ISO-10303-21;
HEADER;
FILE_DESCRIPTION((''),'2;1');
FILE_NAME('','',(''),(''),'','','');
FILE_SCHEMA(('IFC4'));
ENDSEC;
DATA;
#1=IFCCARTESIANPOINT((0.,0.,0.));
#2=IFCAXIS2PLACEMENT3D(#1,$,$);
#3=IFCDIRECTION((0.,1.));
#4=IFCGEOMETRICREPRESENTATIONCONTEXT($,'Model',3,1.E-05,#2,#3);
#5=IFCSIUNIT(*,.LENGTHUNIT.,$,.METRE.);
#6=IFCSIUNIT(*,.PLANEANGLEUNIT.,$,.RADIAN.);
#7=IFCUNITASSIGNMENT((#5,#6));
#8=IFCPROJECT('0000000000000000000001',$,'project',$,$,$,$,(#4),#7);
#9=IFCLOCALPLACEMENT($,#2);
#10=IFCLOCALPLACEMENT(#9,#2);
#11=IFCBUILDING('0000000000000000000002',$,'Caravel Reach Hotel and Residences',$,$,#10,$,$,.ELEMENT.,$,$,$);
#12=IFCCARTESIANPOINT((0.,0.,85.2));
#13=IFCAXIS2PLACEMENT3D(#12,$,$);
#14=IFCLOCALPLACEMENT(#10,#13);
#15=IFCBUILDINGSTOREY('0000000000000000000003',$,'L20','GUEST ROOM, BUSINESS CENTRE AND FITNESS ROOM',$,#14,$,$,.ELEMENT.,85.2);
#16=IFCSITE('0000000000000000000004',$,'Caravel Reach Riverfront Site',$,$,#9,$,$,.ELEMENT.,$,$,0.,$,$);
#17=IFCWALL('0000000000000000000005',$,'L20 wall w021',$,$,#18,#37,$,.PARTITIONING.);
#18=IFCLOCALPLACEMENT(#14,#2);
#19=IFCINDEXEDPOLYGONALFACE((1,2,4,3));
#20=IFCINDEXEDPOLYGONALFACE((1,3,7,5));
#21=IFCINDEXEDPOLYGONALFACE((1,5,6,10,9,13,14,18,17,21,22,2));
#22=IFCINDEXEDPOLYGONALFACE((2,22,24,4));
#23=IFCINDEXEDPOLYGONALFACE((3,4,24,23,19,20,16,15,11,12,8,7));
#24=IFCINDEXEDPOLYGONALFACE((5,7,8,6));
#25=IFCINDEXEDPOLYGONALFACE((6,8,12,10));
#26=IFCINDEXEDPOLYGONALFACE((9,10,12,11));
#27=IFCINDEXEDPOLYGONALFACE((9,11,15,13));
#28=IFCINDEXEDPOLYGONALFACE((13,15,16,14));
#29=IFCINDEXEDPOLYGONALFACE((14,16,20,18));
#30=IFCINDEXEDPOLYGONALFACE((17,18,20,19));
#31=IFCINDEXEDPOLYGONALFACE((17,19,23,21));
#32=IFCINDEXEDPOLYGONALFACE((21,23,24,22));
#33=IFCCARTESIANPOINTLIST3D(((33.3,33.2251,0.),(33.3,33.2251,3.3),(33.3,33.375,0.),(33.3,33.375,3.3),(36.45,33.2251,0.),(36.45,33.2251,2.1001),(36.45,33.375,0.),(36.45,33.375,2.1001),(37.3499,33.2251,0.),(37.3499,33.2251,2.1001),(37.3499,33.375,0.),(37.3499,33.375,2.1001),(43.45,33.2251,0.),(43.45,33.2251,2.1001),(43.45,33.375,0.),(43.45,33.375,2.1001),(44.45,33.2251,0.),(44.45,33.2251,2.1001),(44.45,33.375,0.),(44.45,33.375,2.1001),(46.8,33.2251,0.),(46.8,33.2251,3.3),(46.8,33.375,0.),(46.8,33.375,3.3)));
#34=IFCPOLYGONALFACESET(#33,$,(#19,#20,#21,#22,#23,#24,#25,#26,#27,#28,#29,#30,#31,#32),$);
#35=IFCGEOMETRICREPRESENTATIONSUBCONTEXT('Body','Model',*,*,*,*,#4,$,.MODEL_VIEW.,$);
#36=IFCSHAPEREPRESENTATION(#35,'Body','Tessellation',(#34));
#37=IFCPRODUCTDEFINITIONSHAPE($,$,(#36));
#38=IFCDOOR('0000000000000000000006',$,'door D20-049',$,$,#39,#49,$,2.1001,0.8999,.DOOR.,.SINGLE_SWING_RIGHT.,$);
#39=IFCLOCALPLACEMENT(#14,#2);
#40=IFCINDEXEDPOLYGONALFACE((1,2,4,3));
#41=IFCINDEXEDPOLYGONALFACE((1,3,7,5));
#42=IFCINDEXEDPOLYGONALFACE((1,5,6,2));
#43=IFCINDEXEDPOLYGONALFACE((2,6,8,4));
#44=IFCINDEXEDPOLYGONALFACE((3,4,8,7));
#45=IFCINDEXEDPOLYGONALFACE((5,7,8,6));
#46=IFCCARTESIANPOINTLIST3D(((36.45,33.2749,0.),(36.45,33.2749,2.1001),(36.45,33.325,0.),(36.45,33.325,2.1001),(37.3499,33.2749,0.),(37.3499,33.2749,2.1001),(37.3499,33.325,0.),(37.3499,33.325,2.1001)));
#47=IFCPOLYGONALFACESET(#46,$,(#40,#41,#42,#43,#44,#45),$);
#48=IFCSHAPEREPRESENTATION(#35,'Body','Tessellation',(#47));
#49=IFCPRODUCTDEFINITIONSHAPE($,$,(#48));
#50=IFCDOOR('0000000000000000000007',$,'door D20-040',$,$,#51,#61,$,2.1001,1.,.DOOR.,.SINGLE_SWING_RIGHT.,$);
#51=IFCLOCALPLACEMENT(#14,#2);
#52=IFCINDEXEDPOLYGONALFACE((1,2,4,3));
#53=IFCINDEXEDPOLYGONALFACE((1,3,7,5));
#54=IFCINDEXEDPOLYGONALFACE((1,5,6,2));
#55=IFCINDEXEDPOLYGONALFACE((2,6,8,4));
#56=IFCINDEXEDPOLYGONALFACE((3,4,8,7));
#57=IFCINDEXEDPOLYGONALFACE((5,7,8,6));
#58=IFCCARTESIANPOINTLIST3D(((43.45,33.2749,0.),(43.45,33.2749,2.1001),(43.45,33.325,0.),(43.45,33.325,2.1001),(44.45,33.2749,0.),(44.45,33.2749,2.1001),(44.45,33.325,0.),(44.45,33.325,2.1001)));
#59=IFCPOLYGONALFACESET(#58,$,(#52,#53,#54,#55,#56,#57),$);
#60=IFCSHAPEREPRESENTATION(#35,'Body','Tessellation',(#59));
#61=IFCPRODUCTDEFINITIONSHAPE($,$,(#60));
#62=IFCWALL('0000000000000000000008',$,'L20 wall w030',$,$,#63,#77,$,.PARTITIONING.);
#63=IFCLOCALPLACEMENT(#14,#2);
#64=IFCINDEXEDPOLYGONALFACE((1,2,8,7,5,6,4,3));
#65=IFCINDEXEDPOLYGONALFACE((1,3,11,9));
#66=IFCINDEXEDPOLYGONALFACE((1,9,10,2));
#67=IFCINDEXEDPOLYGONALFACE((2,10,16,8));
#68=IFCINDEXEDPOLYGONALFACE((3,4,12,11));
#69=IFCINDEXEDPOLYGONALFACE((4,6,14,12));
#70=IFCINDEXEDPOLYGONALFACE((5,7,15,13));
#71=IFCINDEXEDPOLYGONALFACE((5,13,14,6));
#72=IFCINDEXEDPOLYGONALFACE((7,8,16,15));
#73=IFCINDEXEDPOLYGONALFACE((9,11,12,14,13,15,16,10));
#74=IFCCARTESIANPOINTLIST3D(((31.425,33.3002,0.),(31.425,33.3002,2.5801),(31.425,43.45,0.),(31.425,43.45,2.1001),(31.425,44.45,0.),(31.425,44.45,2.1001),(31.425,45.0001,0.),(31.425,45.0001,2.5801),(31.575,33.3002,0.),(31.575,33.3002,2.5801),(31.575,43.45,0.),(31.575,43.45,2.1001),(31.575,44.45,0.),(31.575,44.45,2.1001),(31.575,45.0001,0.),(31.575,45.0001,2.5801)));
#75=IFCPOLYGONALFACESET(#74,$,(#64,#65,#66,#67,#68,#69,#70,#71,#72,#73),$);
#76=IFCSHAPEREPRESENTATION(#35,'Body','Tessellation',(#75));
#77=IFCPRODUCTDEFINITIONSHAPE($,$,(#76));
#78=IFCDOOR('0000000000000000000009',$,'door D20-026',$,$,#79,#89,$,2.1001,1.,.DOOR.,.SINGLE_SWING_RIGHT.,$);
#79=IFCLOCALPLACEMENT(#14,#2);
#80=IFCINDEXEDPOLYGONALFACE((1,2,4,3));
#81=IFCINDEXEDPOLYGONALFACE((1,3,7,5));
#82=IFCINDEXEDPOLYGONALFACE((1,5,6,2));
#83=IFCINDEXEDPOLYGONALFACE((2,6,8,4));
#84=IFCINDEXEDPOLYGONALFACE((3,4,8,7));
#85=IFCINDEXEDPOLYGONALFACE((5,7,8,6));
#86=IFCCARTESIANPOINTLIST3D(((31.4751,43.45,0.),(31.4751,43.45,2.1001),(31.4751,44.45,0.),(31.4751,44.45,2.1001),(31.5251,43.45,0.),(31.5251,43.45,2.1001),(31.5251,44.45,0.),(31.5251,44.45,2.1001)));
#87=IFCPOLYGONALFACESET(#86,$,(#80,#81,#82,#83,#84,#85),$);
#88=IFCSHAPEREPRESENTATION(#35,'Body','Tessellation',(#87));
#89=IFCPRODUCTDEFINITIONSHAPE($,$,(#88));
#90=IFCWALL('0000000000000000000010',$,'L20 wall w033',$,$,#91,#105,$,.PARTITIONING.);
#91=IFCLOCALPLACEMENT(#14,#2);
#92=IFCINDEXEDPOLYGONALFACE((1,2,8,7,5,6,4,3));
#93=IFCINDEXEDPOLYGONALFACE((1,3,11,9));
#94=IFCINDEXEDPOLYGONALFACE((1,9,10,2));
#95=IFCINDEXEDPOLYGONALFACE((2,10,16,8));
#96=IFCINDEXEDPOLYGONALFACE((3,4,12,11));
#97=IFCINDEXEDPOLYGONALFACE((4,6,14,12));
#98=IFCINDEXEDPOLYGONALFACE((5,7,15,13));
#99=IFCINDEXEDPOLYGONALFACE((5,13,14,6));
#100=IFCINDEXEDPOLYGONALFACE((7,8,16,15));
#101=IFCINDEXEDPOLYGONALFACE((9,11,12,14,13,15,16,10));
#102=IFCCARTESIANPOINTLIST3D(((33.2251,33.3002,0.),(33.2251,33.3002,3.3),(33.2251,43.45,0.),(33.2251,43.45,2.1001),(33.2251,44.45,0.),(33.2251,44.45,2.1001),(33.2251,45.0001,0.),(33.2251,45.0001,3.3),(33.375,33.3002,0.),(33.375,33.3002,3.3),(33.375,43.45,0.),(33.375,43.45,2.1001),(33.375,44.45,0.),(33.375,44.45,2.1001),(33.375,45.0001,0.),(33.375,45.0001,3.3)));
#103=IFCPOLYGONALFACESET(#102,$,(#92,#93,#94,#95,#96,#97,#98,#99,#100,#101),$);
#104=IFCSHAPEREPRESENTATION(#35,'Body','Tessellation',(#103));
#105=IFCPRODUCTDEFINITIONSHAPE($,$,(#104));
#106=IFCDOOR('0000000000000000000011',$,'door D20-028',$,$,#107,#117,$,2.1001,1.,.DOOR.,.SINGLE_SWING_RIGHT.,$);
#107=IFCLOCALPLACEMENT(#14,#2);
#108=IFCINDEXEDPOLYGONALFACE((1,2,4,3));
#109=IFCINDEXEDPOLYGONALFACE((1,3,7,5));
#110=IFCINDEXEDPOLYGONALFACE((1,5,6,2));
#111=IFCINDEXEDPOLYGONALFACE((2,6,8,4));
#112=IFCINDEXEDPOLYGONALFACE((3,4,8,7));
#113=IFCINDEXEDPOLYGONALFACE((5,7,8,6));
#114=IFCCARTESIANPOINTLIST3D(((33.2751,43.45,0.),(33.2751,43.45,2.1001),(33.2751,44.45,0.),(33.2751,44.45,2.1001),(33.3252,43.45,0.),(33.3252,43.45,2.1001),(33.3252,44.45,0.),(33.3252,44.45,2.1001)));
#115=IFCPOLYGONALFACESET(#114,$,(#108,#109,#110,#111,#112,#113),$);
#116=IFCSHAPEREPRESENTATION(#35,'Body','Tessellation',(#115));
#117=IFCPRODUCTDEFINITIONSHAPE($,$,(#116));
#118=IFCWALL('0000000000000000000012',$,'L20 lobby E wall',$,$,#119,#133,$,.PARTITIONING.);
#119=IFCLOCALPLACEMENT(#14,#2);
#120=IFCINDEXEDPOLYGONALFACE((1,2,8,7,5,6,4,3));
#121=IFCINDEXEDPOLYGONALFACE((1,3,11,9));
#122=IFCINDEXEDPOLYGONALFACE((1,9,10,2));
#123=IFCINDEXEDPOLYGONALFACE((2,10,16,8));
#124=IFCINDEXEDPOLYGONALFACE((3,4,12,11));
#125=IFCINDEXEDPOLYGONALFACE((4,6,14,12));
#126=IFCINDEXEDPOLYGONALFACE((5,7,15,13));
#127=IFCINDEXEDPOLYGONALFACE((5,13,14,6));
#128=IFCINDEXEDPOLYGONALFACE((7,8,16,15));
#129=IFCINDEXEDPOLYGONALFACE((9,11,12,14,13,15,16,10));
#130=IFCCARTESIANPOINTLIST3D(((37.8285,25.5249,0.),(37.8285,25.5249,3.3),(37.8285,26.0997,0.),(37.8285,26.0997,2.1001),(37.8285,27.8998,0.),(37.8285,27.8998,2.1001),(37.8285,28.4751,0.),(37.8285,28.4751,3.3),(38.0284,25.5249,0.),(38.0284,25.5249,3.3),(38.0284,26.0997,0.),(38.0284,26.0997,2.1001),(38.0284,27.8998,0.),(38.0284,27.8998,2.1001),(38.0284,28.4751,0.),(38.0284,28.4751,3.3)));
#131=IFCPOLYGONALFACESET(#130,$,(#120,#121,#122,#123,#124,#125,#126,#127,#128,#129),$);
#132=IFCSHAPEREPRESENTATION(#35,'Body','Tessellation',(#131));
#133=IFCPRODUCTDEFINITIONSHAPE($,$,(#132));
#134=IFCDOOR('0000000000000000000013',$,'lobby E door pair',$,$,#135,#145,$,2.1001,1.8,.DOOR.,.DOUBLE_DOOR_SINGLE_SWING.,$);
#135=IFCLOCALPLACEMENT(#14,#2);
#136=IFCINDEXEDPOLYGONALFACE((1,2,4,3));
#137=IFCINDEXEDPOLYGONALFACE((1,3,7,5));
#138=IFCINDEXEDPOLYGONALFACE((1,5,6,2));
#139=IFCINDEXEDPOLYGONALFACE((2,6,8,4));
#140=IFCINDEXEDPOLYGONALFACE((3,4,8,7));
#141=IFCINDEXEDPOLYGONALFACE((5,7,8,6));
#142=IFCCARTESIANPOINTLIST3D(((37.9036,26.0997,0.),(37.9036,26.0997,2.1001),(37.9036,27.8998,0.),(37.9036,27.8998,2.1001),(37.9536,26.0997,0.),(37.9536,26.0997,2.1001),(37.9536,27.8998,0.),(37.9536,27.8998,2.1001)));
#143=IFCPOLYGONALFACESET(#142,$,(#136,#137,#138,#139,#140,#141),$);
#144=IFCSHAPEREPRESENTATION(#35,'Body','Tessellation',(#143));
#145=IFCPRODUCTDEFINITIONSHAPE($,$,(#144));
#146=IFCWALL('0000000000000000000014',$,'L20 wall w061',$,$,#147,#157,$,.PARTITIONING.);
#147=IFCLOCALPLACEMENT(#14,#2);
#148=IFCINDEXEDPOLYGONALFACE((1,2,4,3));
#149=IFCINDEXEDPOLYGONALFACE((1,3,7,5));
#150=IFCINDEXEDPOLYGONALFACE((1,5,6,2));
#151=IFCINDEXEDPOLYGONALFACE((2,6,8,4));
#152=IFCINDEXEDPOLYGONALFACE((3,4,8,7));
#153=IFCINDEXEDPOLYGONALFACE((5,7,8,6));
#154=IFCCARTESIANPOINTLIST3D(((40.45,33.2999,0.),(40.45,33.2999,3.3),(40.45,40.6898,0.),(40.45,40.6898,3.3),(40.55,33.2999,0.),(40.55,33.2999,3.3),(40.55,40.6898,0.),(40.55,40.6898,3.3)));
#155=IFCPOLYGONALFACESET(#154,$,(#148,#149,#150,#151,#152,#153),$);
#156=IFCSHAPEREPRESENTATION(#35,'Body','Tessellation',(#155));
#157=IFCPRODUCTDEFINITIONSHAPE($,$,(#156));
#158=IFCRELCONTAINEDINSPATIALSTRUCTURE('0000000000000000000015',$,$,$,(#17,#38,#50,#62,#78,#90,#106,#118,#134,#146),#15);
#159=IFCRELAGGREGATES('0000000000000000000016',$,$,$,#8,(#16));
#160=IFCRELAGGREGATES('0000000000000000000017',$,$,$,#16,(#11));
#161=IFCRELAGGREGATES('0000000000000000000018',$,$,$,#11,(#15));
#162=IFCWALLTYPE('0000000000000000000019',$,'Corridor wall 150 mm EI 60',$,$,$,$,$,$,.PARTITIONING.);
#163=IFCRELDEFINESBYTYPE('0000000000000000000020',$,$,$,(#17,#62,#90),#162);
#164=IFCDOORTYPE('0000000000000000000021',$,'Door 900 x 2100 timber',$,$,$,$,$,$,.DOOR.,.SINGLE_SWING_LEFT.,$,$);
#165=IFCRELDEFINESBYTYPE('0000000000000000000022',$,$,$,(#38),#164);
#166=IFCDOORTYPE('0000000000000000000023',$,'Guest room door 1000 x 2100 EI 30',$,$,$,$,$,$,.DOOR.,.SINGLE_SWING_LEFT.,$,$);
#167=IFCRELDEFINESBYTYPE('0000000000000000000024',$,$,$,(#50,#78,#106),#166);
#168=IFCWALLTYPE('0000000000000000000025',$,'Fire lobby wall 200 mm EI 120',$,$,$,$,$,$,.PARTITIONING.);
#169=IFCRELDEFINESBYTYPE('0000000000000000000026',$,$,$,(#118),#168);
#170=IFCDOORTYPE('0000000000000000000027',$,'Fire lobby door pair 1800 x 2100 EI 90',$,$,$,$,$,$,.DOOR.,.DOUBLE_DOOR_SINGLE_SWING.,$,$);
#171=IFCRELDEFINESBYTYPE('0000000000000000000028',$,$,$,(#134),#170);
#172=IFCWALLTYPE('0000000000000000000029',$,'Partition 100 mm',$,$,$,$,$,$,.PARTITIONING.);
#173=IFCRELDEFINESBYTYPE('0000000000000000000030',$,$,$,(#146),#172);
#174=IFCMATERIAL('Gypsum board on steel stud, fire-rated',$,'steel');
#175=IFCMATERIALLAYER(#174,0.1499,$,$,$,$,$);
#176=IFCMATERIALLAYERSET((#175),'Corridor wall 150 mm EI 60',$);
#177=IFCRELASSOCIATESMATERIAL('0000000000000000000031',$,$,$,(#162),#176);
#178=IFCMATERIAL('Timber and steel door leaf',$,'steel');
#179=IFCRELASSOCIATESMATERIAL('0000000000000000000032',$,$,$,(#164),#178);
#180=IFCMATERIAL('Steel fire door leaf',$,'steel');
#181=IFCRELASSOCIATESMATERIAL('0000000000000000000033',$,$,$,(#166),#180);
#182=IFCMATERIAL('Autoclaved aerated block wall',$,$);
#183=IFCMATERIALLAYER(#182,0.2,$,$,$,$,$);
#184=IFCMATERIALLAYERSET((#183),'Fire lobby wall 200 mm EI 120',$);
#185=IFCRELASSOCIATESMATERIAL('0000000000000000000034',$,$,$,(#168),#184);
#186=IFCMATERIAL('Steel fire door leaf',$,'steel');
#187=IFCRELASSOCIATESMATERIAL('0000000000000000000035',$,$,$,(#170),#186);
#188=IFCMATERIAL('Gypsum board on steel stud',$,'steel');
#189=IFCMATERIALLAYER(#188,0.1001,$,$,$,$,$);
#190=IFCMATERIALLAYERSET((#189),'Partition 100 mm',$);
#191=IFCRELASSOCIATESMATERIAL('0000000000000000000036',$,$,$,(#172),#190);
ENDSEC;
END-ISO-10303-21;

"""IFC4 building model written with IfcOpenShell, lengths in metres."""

from ifc_helpers import new_model, si_unit, direction, frame, frame_2d, origin, place, context, subcontext, project, spatial, rectangle, extrude, material, layer, layer_set, type_object, element, fill, save


model = new_model("IFC4")

# Units and contexts
model_context = context("Model", 3, precision=1e-05, world=origin(), true_north=direction((0.0, 1.0)))
body_context = subcontext(model_context, "Body", "Model", "MODEL_VIEW")
ifc_project = project(units=[si_unit("LENGTHUNIT", "METRE"), si_unit("PLANEANGLEUNIT", "RADIAN")], contexts=[model_context])

# Site, building, storey
site_placement = place(None, origin())
site = spatial("IfcSite", under=ifc_project, at=site_placement, Name="Caravel Reach Riverfront Site", CompositionType="ELEMENT", RefElevation=0.0)
building_placement = place(site_placement, origin())
building = spatial("IfcBuilding", under=site, at=building_placement, Name="Caravel Reach Hotel and Residences", CompositionType="ELEMENT")
storey_placement = place(building_placement, frame((0.0, 0.0, 85.2)))
storey = spatial("IfcBuildingStorey", under=building, at=storey_placement, Name="L20", Description="GUEST ROOM, BUSINESS CENTRE AND FITNESS ROOM", CompositionType="ELEMENT", Elevation=85.2)

# Wall, openings, doors
ifc_material_1 = material(Name="Gypsum board on steel stud, fire-rated", Category="steel")
ifc_layer_1 = layer(ifc_material_1, 0.1499)
ifc_layer_set_1 = layer_set([ifc_layer_1], Name="Corridor wall 150 mm EI 60")
wall_type_1 = type_object("IfcWallType", Name="Corridor wall 150 mm EI 60", PredefinedType="PARTITIONING", material=ifc_layer_set_1)
wall_1_placement = place(storey_placement, frame((33.3, 33.3, 0.0), z_axis=(0.0, 0.0, 1.0), x_axis=(1.0, 0.0, 0.0)))
wall_1 = element("IfcWall", 1, at=wall_1_placement, inside=storey, type_object=wall_type_1, Name="L20 wall w021", PredefinedType="PARTITIONING", context=body_context, shape_type="SweptSolid", body=[
    extrude(rectangle(XDim=13.5, YDim=0.1499, at=frame_2d((6.75, 0.0))), origin(), (0.0, 0.0, 1.0), 3.3),
])
opening_1_placement = place(wall_1_placement, frame((10.1499, 0.0, 0.0)))
opening_1 = element("IfcOpeningElement", 2, at=opening_1_placement, cuts=wall_1, PredefinedType="OPENING", context=body_context, shape_type="SweptSolid", body=[
    extrude(rectangle(XDim=1.0, YDim=2.1001, at=frame_2d((0.5, 1.05))), frame((0.0, 0.085, 0.0), z_axis=(0.0, -1.0, 0.0), x_axis=(1.0, 0.0, 0.0)), (0.0, 0.0, 1.0), 0.1699),
])
opening_2_placement = place(wall_1_placement, frame((3.1499, 0.0, 0.0)))
opening_2 = element("IfcOpeningElement", 3, at=opening_2_placement, cuts=wall_1, PredefinedType="OPENING", context=body_context, shape_type="SweptSolid", body=[
    extrude(rectangle(XDim=0.8999, YDim=2.1001, at=frame_2d((0.45, 1.05))), frame((0.0, 0.085, 0.0), z_axis=(0.0, -1.0, 0.0), x_axis=(1.0, 0.0, 0.0)), (0.0, 0.0, 1.0), 0.1699),
])
ifc_material_2 = material(Name="Timber and steel door leaf", Category="steel")
door_type_1 = type_object("IfcDoorType", Name="Door 900 x 2100 timber", OperationType="SINGLE_SWING_LEFT", PredefinedType="DOOR", material=ifc_material_2)
door_1_placement = place(opening_2_placement, origin())
door_1 = element("IfcDoor", 4, at=door_1_placement, inside=storey, type_object=door_type_1, Name="door D20-049", OperationType="SINGLE_SWING_RIGHT", OverallHeight=2.1001, OverallWidth=0.8999, PredefinedType="DOOR", context=body_context, shape_type="SweptSolid", body=[
    extrude(rectangle(XDim=0.8999, YDim=2.1001, at=frame_2d((0.45, 1.05))), frame((0.0, 0.0249, 0.0), z_axis=(0.0, -1.0, 0.0), x_axis=(1.0, 0.0, 0.0)), (0.0, 0.0, 1.0), 0.05),
])
fill(opening_2, door_1)
ifc_material_3 = material(Name="Steel fire door leaf", Category="steel")
door_type_2 = type_object("IfcDoorType", Name="Guest room door 1000 x 2100 EI 30", OperationType="SINGLE_SWING_LEFT", PredefinedType="DOOR", material=ifc_material_3)
door_2_placement = place(opening_1_placement, origin())
door_2 = element("IfcDoor", 5, at=door_2_placement, inside=storey, type_object=door_type_2, Name="door D20-040", OperationType="SINGLE_SWING_RIGHT", OverallHeight=2.1001, OverallWidth=1.0, PredefinedType="DOOR", context=body_context, shape_type="SweptSolid", body=[
    extrude(rectangle(XDim=1.0, YDim=2.1001, at=frame_2d((0.5, 1.05))), frame((0.0, 0.0249, 0.0), z_axis=(0.0, -1.0, 0.0), x_axis=(1.0, 0.0, 0.0)), (0.0, 0.0, 1.0), 0.05),
])
fill(opening_1, door_2)

# Walls, openings, doors
wall_2_placement = place(storey_placement, frame((31.5, 33.3, 0.0), z_axis=(0.0, 0.0, 1.0), x_axis=(0.0, 1.0, 0.0)))
wall_2 = element("IfcWall", 6, at=wall_2_placement, inside=storey, type_object=wall_type_1, Name="L20 wall w030", PredefinedType="PARTITIONING", context=body_context, shape_type="SweptSolid", body=[
    extrude(rectangle(XDim=11.7, YDim=0.1499, at=frame_2d((5.8501, 0.0))), origin(), (0.0, 0.0, 1.0), 2.5801),
])
opening_3_placement = place(wall_2_placement, frame((10.1499, 0.0, 0.0)))
opening_3 = element("IfcOpeningElement", 7, at=opening_3_placement, cuts=wall_2, PredefinedType="OPENING", context=body_context, shape_type="SweptSolid", body=[
    extrude(rectangle(XDim=1.0, YDim=2.1001, at=frame_2d((0.5, 1.05))), frame((0.0, 0.085, 0.0), z_axis=(0.0, -1.0, 0.0), x_axis=(1.0, 0.0, 0.0)), (0.0, 0.0, 1.0), 0.1699),
])
door_3_placement = place(opening_3_placement, origin())
door_3 = element("IfcDoor", 8, at=door_3_placement, inside=storey, type_object=door_type_2, Name="door D20-026", OperationType="SINGLE_SWING_RIGHT", OverallHeight=2.1001, OverallWidth=1.0, PredefinedType="DOOR", context=body_context, shape_type="SweptSolid", body=[
    extrude(rectangle(XDim=1.0, YDim=2.1001, at=frame_2d((0.5, 1.05))), frame((0.0, 0.0249, 0.0), z_axis=(0.0, -1.0, 0.0), x_axis=(1.0, 0.0, 0.0)), (0.0, 0.0, 1.0), 0.05),
])
fill(opening_3, door_3)
wall_3_placement = place(storey_placement, frame((33.3, 33.3, 0.0), z_axis=(0.0, 0.0, 1.0), x_axis=(0.0, 1.0, 0.0)))
wall_3 = element("IfcWall", 9, at=wall_3_placement, inside=storey, type_object=wall_type_1, Name="L20 wall w033", PredefinedType="PARTITIONING", context=body_context, shape_type="SweptSolid", body=[
    extrude(rectangle(XDim=11.7, YDim=0.1499, at=frame_2d((5.8501, 0.0))), origin(), (0.0, 0.0, 1.0), 3.3),
])
opening_4_placement = place(wall_3_placement, frame((10.1499, 0.0, 0.0)))
opening_4 = element("IfcOpeningElement", 10, at=opening_4_placement, cuts=wall_3, PredefinedType="OPENING", context=body_context, shape_type="SweptSolid", body=[
    extrude(rectangle(XDim=1.0, YDim=2.1001, at=frame_2d((0.5, 1.05))), frame((0.0, 0.085, 0.0), z_axis=(0.0, -1.0, 0.0), x_axis=(1.0, 0.0, 0.0)), (0.0, 0.0, 1.0), 0.1699),
])
door_4_placement = place(opening_4_placement, origin())
door_4 = element("IfcDoor", 11, at=door_4_placement, inside=storey, type_object=door_type_2, Name="door D20-028", OperationType="SINGLE_SWING_RIGHT", OverallHeight=2.1001, OverallWidth=1.0, PredefinedType="DOOR", context=body_context, shape_type="SweptSolid", body=[
    extrude(rectangle(XDim=1.0, YDim=2.1001, at=frame_2d((0.5, 1.05))), frame((0.0, 0.0249, 0.0), z_axis=(0.0, -1.0, 0.0), x_axis=(1.0, 0.0, 0.0)), (0.0, 0.0, 1.0), 0.05),
])
fill(opening_4, door_4)
ifc_material_4 = material(Name="Autoclaved aerated block wall")
ifc_layer_2 = layer(ifc_material_4, 0.2)
ifc_layer_set_2 = layer_set([ifc_layer_2], Name="Fire lobby wall 200 mm EI 120")
wall_type_2 = type_object("IfcWallType", Name="Fire lobby wall 200 mm EI 120", PredefinedType="PARTITIONING", material=ifc_layer_set_2)
wall_4_placement = place(storey_placement, frame((37.9285, 25.5249, 0.0), z_axis=(0.0, 0.0, 1.0), x_axis=(0.0, 1.0, 0.0)))
wall_4 = element("IfcWall", 12, at=wall_4_placement, inside=storey, type_object=wall_type_2, Name="L20 lobby E wall", PredefinedType="PARTITIONING", context=body_context, shape_type="SweptSolid", body=[
    extrude(rectangle(XDim=2.9502, YDim=0.2, at=frame_2d((1.4751, 0.0))), origin(), (0.0, 0.0, 1.0), 3.3),
])
opening_5_placement = place(wall_4_placement, frame((0.575, 0.0, 0.0)))
opening_5 = element("IfcOpeningElement", 13, at=opening_5_placement, cuts=wall_4, PredefinedType="OPENING", context=body_context, shape_type="SweptSolid", body=[
    extrude(rectangle(XDim=1.8, YDim=2.1001, at=frame_2d((0.8999, 1.05))), frame((0.0, 0.1099, 0.0), z_axis=(0.0, -1.0, 0.0), x_axis=(1.0, 0.0, 0.0)), (0.0, 0.0, 1.0), 0.22),
])
ifc_material_5 = material(Name="Steel fire door leaf", Category="steel")
door_type_3 = type_object("IfcDoorType", Name="Fire lobby door pair 1800 x 2100 EI 90", OperationType="DOUBLE_DOOR_SINGLE_SWING", PredefinedType="DOOR", material=ifc_material_5)
door_5_placement = place(opening_5_placement, origin())
door_5 = element("IfcDoor", 14, at=door_5_placement, inside=storey, type_object=door_type_3, Name="lobby E door pair", OperationType="DOUBLE_DOOR_SINGLE_SWING", OverallHeight=2.1001, OverallWidth=1.8, PredefinedType="DOOR", context=body_context, shape_type="SweptSolid", body=[
    extrude(rectangle(XDim=1.8, YDim=2.1001, at=frame_2d((0.8999, 1.05))), frame((0.0, 0.0249, 0.0), z_axis=(0.0, -1.0, 0.0), x_axis=(1.0, 0.0, 0.0)), (0.0, 0.0, 1.0), 0.05),
])
fill(opening_5, door_5)

# Wall
ifc_material_6 = material(Name="Gypsum board on steel stud", Category="steel")
ifc_layer_3 = layer(ifc_material_6, 0.1001)
ifc_layer_set_3 = layer_set([ifc_layer_3], Name="Partition 100 mm")
wall_type_3 = type_object("IfcWallType", Name="Partition 100 mm", PredefinedType="PARTITIONING", material=ifc_layer_set_3)
wall_5_placement = place(storey_placement, frame((40.5, 33.3, 0.0), z_axis=(0.0, 0.0, 1.0), x_axis=(0.0, 1.0, 0.0)))
element("IfcWall", 15, at=wall_5_placement, inside=storey, type_object=wall_type_3, Name="L20 wall w061", PredefinedType="PARTITIONING", context=body_context, shape_type="SweptSolid", body=[
    extrude(rectangle(XDim=7.3899, YDim=0.1001, at=frame_2d((3.6948, 0.0))), origin(), (0.0, 0.0, 1.0), 3.3),
])

save(model, "model.ifc")
